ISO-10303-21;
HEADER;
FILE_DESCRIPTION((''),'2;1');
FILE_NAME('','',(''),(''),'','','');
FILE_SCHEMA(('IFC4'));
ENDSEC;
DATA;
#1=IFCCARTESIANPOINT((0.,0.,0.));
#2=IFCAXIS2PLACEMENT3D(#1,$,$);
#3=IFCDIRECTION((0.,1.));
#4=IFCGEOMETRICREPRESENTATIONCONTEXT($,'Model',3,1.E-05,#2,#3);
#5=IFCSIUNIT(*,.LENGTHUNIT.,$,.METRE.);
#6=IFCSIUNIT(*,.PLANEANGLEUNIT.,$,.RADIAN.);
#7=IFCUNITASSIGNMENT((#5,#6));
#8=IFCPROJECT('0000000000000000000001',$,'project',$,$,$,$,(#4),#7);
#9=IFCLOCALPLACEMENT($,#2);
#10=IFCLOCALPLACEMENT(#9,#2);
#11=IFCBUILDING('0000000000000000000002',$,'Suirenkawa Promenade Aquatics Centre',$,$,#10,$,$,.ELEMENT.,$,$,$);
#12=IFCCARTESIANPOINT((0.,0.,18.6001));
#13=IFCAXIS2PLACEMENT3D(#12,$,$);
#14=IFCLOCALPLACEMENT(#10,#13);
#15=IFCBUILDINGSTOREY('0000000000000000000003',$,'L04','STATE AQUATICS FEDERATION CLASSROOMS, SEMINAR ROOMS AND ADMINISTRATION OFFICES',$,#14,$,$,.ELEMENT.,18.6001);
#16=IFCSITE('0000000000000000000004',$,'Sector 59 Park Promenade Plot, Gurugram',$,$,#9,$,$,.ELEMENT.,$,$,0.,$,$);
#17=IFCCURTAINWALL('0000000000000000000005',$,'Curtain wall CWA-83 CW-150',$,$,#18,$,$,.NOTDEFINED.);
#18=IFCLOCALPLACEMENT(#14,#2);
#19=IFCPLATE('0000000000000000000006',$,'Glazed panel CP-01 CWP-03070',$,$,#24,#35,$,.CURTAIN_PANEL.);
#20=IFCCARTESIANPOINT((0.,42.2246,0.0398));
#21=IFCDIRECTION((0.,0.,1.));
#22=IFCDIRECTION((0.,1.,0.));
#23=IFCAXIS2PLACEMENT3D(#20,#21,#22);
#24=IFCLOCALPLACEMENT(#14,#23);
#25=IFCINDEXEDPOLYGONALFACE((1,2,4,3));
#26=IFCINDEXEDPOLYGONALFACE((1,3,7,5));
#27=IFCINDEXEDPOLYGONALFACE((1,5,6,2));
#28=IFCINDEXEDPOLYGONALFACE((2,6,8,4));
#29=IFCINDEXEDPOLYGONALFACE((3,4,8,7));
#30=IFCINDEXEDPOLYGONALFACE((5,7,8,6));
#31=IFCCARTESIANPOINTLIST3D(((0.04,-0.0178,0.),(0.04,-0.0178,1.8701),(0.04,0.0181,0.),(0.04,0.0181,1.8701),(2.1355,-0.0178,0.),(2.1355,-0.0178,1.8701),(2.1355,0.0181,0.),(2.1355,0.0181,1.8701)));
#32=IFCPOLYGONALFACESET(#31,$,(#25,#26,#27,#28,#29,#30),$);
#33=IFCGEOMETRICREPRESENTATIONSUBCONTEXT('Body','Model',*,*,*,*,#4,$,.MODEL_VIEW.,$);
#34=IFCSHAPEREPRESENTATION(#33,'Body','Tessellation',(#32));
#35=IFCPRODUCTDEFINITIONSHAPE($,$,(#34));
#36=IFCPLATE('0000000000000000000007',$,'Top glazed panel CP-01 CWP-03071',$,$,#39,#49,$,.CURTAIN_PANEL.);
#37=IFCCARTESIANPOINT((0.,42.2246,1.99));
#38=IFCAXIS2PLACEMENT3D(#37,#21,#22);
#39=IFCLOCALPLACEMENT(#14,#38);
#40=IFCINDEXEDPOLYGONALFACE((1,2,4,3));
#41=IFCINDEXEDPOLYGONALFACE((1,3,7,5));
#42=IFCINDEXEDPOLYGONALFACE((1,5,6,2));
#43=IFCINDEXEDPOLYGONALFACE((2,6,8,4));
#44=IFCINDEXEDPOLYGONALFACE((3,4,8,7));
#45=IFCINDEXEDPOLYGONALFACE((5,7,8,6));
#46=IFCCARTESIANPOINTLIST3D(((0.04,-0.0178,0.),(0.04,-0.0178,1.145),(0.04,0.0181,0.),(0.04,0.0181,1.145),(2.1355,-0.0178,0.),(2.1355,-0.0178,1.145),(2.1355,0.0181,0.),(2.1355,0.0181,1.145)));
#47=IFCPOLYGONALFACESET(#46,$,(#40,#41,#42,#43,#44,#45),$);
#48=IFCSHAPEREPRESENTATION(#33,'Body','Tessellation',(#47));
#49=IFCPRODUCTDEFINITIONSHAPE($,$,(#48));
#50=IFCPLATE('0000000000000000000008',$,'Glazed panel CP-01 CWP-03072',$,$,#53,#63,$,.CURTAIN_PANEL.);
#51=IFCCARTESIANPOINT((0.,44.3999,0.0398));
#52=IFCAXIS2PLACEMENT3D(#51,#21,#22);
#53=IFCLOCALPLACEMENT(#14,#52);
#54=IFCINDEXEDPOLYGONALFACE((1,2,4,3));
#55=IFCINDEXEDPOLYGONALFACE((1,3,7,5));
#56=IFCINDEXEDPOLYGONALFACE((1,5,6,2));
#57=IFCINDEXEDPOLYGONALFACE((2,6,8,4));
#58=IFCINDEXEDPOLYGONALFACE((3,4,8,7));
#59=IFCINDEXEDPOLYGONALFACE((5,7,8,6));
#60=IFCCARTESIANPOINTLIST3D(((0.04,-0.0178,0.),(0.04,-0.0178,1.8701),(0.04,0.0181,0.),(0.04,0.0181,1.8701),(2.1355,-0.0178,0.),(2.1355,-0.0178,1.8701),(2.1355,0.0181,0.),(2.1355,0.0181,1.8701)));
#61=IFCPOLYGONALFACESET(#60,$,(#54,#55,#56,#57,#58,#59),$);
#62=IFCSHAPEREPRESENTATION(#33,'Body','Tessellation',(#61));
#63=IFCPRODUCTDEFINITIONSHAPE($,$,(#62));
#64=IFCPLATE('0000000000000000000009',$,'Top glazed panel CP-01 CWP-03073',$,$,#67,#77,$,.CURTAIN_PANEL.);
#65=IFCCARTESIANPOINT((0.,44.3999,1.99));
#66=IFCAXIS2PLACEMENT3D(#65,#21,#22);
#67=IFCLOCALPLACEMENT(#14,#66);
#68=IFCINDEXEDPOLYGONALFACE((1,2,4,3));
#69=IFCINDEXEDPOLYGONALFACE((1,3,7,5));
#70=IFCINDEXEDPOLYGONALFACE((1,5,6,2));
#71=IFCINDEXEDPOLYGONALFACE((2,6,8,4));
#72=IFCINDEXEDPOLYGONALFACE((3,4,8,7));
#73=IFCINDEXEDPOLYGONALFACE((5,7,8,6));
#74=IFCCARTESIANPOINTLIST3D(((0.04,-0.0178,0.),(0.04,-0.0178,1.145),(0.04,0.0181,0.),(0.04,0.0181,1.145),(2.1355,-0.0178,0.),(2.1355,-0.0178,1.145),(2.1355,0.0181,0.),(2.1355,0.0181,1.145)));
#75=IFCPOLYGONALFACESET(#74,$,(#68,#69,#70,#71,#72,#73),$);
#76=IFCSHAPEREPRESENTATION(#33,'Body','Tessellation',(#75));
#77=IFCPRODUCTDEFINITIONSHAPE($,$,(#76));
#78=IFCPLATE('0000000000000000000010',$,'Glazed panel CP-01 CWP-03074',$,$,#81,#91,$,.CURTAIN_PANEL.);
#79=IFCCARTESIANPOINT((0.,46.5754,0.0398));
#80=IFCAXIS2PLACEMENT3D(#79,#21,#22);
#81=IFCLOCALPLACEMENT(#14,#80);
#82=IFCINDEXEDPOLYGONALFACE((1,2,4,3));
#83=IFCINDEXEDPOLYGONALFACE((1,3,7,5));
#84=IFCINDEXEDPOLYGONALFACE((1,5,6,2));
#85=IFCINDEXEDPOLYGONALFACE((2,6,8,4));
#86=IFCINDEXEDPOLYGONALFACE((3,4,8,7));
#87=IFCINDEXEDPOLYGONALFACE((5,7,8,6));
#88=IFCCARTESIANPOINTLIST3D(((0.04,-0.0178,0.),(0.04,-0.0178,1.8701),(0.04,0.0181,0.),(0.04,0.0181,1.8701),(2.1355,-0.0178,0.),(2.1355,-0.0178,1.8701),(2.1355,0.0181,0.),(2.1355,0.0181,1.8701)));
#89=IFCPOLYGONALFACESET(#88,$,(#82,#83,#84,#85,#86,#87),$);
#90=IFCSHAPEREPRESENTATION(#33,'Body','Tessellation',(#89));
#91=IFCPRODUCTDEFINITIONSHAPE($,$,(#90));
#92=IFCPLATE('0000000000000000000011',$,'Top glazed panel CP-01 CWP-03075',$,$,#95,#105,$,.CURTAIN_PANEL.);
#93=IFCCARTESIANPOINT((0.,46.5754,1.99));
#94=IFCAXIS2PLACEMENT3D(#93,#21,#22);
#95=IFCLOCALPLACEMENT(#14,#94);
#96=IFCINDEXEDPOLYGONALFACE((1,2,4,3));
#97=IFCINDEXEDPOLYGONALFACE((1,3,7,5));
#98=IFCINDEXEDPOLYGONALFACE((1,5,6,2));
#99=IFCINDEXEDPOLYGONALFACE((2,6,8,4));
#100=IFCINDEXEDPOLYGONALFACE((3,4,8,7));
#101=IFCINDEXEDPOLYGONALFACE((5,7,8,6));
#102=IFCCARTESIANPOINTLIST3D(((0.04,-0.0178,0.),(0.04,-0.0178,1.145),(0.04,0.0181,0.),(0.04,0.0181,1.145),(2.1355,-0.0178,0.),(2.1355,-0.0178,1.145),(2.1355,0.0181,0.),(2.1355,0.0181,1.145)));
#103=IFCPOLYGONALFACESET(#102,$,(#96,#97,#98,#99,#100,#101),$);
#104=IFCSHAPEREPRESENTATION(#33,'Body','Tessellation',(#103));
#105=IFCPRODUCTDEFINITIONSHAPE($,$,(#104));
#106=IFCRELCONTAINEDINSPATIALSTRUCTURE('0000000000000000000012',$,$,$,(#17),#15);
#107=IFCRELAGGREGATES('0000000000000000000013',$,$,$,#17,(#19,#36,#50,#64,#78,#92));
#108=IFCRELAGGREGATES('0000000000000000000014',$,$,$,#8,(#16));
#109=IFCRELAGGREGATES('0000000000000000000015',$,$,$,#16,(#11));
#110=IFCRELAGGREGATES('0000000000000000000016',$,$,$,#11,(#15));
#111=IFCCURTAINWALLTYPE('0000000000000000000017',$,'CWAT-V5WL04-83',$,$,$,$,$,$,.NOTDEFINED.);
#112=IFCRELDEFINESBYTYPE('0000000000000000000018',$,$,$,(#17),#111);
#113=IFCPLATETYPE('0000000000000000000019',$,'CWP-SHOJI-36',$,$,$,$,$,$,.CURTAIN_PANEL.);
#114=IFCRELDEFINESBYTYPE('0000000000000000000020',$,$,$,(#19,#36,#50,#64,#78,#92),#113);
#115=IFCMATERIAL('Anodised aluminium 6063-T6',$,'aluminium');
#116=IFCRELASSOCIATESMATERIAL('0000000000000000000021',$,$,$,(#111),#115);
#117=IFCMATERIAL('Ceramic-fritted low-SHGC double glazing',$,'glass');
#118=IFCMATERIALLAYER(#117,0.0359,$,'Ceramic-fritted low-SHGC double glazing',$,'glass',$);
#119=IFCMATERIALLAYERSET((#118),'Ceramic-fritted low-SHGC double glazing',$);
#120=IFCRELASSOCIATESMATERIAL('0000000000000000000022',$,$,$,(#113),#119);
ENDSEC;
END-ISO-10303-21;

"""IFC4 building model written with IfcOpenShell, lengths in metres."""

from ifc_helpers import new_model, si_unit, direction, frame, origin, place, context, subcontext, project, spatial, polyline, outline, extrude, material, layer, layer_set, type_object, element, aggregate, save


model = new_model("IFC4")

# Units and contexts
model_context = context("Model", 3, precision=1e-05, world=origin(), true_north=direction((0.0, 1.0)))
body_context = subcontext(model_context, "Body", "Model", "MODEL_VIEW")
ifc_project = project(units=[si_unit("LENGTHUNIT", "METRE"), si_unit("PLANEANGLEUNIT", "RADIAN")], contexts=[model_context])

# Site, building, storey
site_placement = place(None, origin())
site = spatial("IfcSite", under=ifc_project, at=site_placement, Name="Sector 59 Park Promenade Plot, Gurugram", CompositionType="ELEMENT", RefElevation=0.0)
building_placement = place(site_placement, origin())
building = spatial("IfcBuilding", under=site, at=building_placement, Name="Suirenkawa Promenade Aquatics Centre", CompositionType="ELEMENT")
storey_placement = place(building_placement, frame((0.0, 0.0, 18.6001)))
storey = spatial("IfcBuildingStorey", under=building, at=storey_placement, Name="L04", Description="STATE AQUATICS FEDERATION CLASSROOMS, SEMINAR ROOMS AND ADMINISTRATION OFFICES", CompositionType="ELEMENT", Elevation=18.6001)

# Curtain wall
ifc_material_1 = material(Name="Anodised aluminium 6063-T6", Category="aluminium")
curtain_wall_type_1 = type_object("IfcCurtainWallType", Name="CWAT-V5WL04-83", PredefinedType="NOTDEFINED", material=ifc_material_1)
curtain_wall_1_placement = place(storey_placement, origin())
curtain_wall_1 = element("IfcCurtainWall", 1, at=curtain_wall_1_placement, inside=storey, type_object=curtain_wall_type_1, Name="Curtain wall CWA-83 CW-150", PredefinedType="NOTDEFINED")

# Plates
ifc_material_2 = material(Name="Ceramic-fritted low-SHGC double glazing", Category="glass")
ifc_layer_1 = layer(ifc_material_2, 0.0359, Name="Ceramic-fritted low-SHGC double glazing", Category="glass")
ifc_layer_set_1 = layer_set([ifc_layer_1], Name="Ceramic-fritted low-SHGC double glazing")
plate_type = type_object("IfcPlateType", Name="CWP-SHOJI-36", PredefinedType="CURTAIN_PANEL", material=ifc_layer_set_1)
plate_1_placement = place(storey_placement, frame((0.0, 42.2246, 0.0398), z_axis=(0.0, 0.0, 1.0), x_axis=(0.0, 1.0, 0.0)))
plate_1 = element("IfcPlate", 2, at=plate_1_placement, type_object=plate_type, Name="Glazed panel CP-01 CWP-03070", PredefinedType="CURTAIN_PANEL", context=body_context, shape_type="SweptSolid", body=[
    extrude(outline(polyline([(0.04, 0.0), (2.1355, 0.0), (2.1355, 1.8701), (0.04, 1.8701), (0.04, 0.0)])), frame((0.0, 0.0181, 0.0), z_axis=(0.0, -1.0, 0.0), x_axis=(1.0, 0.0, 0.0)), (0.0, 0.0, 1.0), 0.0359),
])
plate_2_placement = place(storey_placement, frame((0.0, 42.2246, 1.99), z_axis=(0.0, 0.0, 1.0), x_axis=(0.0, 1.0, 0.0)))
plate_2 = element("IfcPlate", 3, at=plate_2_placement, type_object=plate_type, Name="Top glazed panel CP-01 CWP-03071", PredefinedType="CURTAIN_PANEL", context=body_context, shape_type="SweptSolid", body=[
    extrude(outline(polyline([(0.04, 0.0), (2.1355, 0.0), (2.1355, 1.145), (0.04, 1.145), (0.04, 0.0)])), frame((0.0, 0.0181, 0.0), z_axis=(0.0, -1.0, 0.0), x_axis=(1.0, 0.0, 0.0)), (0.0, 0.0, 1.0), 0.0359),
])
plate_3_placement = place(storey_placement, frame((0.0, 44.3999, 0.0398), z_axis=(0.0, 0.0, 1.0), x_axis=(0.0, 1.0, 0.0)))
plate_3 = element("IfcPlate", 4, at=plate_3_placement, type_object=plate_type, Name="Glazed panel CP-01 CWP-03072", PredefinedType="CURTAIN_PANEL", context=body_context, shape_type="SweptSolid", body=[
    extrude(outline(polyline([(0.04, 0.0), (2.1355, 0.0), (2.1355, 1.8701), (0.04, 1.8701), (0.04, 0.0)])), frame((0.0, 0.0181, 0.0), z_axis=(0.0, -1.0, 0.0), x_axis=(1.0, 0.0, 0.0)), (0.0, 0.0, 1.0), 0.0359),
])
plate_4_placement = place(storey_placement, frame((0.0, 44.3999, 1.99), z_axis=(0.0, 0.0, 1.0), x_axis=(0.0, 1.0, 0.0)))
plate_4 = element("IfcPlate", 5, at=plate_4_placement, type_object=plate_type, Name="Top glazed panel CP-01 CWP-03073", PredefinedType="CURTAIN_PANEL", context=body_context, shape_type="SweptSolid", body=[
    extrude(outline(polyline([(0.04, 0.0), (2.1355, 0.0), (2.1355, 1.145), (0.04, 1.145), (0.04, 0.0)])), frame((0.0, 0.0181, 0.0), z_axis=(0.0, -1.0, 0.0), x_axis=(1.0, 0.0, 0.0)), (0.0, 0.0, 1.0), 0.0359),
])
plate_5_placement = place(storey_placement, frame((0.0, 46.5754, 0.0398), z_axis=(0.0, 0.0, 1.0), x_axis=(0.0, 1.0, 0.0)))
plate_5 = element("IfcPlate", 6, at=plate_5_placement, type_object=plate_type, Name="Glazed panel CP-01 CWP-03074", PredefinedType="CURTAIN_PANEL", context=body_context, shape_type="SweptSolid", body=[
    extrude(outline(polyline([(0.04, 0.0), (2.1355, 0.0), (2.1355, 1.8701), (0.04, 1.8701), (0.04, 0.0)])), frame((0.0, 0.0181, 0.0), z_axis=(0.0, -1.0, 0.0), x_axis=(1.0, 0.0, 0.0)), (0.0, 0.0, 1.0), 0.0359),
])
plate_6_placement = place(storey_placement, frame((0.0, 46.5754, 1.99), z_axis=(0.0, 0.0, 1.0), x_axis=(0.0, 1.0, 0.0)))
plate_6 = element("IfcPlate", 7, at=plate_6_placement, type_object=plate_type, Name="Top glazed panel CP-01 CWP-03075", PredefinedType="CURTAIN_PANEL", context=body_context, shape_type="SweptSolid", body=[
    extrude(outline(polyline([(0.04, 0.0), (2.1355, 0.0), (2.1355, 1.145), (0.04, 1.145), (0.04, 0.0)])), frame((0.0, 0.0181, 0.0), z_axis=(0.0, -1.0, 0.0), x_axis=(1.0, 0.0, 0.0)), (0.0, 0.0, 1.0), 0.0359),
])
aggregate(curtain_wall_1, [plate_1, plate_2, plate_3, plate_4, plate_5, plate_6])

save(model, "model.ifc")
